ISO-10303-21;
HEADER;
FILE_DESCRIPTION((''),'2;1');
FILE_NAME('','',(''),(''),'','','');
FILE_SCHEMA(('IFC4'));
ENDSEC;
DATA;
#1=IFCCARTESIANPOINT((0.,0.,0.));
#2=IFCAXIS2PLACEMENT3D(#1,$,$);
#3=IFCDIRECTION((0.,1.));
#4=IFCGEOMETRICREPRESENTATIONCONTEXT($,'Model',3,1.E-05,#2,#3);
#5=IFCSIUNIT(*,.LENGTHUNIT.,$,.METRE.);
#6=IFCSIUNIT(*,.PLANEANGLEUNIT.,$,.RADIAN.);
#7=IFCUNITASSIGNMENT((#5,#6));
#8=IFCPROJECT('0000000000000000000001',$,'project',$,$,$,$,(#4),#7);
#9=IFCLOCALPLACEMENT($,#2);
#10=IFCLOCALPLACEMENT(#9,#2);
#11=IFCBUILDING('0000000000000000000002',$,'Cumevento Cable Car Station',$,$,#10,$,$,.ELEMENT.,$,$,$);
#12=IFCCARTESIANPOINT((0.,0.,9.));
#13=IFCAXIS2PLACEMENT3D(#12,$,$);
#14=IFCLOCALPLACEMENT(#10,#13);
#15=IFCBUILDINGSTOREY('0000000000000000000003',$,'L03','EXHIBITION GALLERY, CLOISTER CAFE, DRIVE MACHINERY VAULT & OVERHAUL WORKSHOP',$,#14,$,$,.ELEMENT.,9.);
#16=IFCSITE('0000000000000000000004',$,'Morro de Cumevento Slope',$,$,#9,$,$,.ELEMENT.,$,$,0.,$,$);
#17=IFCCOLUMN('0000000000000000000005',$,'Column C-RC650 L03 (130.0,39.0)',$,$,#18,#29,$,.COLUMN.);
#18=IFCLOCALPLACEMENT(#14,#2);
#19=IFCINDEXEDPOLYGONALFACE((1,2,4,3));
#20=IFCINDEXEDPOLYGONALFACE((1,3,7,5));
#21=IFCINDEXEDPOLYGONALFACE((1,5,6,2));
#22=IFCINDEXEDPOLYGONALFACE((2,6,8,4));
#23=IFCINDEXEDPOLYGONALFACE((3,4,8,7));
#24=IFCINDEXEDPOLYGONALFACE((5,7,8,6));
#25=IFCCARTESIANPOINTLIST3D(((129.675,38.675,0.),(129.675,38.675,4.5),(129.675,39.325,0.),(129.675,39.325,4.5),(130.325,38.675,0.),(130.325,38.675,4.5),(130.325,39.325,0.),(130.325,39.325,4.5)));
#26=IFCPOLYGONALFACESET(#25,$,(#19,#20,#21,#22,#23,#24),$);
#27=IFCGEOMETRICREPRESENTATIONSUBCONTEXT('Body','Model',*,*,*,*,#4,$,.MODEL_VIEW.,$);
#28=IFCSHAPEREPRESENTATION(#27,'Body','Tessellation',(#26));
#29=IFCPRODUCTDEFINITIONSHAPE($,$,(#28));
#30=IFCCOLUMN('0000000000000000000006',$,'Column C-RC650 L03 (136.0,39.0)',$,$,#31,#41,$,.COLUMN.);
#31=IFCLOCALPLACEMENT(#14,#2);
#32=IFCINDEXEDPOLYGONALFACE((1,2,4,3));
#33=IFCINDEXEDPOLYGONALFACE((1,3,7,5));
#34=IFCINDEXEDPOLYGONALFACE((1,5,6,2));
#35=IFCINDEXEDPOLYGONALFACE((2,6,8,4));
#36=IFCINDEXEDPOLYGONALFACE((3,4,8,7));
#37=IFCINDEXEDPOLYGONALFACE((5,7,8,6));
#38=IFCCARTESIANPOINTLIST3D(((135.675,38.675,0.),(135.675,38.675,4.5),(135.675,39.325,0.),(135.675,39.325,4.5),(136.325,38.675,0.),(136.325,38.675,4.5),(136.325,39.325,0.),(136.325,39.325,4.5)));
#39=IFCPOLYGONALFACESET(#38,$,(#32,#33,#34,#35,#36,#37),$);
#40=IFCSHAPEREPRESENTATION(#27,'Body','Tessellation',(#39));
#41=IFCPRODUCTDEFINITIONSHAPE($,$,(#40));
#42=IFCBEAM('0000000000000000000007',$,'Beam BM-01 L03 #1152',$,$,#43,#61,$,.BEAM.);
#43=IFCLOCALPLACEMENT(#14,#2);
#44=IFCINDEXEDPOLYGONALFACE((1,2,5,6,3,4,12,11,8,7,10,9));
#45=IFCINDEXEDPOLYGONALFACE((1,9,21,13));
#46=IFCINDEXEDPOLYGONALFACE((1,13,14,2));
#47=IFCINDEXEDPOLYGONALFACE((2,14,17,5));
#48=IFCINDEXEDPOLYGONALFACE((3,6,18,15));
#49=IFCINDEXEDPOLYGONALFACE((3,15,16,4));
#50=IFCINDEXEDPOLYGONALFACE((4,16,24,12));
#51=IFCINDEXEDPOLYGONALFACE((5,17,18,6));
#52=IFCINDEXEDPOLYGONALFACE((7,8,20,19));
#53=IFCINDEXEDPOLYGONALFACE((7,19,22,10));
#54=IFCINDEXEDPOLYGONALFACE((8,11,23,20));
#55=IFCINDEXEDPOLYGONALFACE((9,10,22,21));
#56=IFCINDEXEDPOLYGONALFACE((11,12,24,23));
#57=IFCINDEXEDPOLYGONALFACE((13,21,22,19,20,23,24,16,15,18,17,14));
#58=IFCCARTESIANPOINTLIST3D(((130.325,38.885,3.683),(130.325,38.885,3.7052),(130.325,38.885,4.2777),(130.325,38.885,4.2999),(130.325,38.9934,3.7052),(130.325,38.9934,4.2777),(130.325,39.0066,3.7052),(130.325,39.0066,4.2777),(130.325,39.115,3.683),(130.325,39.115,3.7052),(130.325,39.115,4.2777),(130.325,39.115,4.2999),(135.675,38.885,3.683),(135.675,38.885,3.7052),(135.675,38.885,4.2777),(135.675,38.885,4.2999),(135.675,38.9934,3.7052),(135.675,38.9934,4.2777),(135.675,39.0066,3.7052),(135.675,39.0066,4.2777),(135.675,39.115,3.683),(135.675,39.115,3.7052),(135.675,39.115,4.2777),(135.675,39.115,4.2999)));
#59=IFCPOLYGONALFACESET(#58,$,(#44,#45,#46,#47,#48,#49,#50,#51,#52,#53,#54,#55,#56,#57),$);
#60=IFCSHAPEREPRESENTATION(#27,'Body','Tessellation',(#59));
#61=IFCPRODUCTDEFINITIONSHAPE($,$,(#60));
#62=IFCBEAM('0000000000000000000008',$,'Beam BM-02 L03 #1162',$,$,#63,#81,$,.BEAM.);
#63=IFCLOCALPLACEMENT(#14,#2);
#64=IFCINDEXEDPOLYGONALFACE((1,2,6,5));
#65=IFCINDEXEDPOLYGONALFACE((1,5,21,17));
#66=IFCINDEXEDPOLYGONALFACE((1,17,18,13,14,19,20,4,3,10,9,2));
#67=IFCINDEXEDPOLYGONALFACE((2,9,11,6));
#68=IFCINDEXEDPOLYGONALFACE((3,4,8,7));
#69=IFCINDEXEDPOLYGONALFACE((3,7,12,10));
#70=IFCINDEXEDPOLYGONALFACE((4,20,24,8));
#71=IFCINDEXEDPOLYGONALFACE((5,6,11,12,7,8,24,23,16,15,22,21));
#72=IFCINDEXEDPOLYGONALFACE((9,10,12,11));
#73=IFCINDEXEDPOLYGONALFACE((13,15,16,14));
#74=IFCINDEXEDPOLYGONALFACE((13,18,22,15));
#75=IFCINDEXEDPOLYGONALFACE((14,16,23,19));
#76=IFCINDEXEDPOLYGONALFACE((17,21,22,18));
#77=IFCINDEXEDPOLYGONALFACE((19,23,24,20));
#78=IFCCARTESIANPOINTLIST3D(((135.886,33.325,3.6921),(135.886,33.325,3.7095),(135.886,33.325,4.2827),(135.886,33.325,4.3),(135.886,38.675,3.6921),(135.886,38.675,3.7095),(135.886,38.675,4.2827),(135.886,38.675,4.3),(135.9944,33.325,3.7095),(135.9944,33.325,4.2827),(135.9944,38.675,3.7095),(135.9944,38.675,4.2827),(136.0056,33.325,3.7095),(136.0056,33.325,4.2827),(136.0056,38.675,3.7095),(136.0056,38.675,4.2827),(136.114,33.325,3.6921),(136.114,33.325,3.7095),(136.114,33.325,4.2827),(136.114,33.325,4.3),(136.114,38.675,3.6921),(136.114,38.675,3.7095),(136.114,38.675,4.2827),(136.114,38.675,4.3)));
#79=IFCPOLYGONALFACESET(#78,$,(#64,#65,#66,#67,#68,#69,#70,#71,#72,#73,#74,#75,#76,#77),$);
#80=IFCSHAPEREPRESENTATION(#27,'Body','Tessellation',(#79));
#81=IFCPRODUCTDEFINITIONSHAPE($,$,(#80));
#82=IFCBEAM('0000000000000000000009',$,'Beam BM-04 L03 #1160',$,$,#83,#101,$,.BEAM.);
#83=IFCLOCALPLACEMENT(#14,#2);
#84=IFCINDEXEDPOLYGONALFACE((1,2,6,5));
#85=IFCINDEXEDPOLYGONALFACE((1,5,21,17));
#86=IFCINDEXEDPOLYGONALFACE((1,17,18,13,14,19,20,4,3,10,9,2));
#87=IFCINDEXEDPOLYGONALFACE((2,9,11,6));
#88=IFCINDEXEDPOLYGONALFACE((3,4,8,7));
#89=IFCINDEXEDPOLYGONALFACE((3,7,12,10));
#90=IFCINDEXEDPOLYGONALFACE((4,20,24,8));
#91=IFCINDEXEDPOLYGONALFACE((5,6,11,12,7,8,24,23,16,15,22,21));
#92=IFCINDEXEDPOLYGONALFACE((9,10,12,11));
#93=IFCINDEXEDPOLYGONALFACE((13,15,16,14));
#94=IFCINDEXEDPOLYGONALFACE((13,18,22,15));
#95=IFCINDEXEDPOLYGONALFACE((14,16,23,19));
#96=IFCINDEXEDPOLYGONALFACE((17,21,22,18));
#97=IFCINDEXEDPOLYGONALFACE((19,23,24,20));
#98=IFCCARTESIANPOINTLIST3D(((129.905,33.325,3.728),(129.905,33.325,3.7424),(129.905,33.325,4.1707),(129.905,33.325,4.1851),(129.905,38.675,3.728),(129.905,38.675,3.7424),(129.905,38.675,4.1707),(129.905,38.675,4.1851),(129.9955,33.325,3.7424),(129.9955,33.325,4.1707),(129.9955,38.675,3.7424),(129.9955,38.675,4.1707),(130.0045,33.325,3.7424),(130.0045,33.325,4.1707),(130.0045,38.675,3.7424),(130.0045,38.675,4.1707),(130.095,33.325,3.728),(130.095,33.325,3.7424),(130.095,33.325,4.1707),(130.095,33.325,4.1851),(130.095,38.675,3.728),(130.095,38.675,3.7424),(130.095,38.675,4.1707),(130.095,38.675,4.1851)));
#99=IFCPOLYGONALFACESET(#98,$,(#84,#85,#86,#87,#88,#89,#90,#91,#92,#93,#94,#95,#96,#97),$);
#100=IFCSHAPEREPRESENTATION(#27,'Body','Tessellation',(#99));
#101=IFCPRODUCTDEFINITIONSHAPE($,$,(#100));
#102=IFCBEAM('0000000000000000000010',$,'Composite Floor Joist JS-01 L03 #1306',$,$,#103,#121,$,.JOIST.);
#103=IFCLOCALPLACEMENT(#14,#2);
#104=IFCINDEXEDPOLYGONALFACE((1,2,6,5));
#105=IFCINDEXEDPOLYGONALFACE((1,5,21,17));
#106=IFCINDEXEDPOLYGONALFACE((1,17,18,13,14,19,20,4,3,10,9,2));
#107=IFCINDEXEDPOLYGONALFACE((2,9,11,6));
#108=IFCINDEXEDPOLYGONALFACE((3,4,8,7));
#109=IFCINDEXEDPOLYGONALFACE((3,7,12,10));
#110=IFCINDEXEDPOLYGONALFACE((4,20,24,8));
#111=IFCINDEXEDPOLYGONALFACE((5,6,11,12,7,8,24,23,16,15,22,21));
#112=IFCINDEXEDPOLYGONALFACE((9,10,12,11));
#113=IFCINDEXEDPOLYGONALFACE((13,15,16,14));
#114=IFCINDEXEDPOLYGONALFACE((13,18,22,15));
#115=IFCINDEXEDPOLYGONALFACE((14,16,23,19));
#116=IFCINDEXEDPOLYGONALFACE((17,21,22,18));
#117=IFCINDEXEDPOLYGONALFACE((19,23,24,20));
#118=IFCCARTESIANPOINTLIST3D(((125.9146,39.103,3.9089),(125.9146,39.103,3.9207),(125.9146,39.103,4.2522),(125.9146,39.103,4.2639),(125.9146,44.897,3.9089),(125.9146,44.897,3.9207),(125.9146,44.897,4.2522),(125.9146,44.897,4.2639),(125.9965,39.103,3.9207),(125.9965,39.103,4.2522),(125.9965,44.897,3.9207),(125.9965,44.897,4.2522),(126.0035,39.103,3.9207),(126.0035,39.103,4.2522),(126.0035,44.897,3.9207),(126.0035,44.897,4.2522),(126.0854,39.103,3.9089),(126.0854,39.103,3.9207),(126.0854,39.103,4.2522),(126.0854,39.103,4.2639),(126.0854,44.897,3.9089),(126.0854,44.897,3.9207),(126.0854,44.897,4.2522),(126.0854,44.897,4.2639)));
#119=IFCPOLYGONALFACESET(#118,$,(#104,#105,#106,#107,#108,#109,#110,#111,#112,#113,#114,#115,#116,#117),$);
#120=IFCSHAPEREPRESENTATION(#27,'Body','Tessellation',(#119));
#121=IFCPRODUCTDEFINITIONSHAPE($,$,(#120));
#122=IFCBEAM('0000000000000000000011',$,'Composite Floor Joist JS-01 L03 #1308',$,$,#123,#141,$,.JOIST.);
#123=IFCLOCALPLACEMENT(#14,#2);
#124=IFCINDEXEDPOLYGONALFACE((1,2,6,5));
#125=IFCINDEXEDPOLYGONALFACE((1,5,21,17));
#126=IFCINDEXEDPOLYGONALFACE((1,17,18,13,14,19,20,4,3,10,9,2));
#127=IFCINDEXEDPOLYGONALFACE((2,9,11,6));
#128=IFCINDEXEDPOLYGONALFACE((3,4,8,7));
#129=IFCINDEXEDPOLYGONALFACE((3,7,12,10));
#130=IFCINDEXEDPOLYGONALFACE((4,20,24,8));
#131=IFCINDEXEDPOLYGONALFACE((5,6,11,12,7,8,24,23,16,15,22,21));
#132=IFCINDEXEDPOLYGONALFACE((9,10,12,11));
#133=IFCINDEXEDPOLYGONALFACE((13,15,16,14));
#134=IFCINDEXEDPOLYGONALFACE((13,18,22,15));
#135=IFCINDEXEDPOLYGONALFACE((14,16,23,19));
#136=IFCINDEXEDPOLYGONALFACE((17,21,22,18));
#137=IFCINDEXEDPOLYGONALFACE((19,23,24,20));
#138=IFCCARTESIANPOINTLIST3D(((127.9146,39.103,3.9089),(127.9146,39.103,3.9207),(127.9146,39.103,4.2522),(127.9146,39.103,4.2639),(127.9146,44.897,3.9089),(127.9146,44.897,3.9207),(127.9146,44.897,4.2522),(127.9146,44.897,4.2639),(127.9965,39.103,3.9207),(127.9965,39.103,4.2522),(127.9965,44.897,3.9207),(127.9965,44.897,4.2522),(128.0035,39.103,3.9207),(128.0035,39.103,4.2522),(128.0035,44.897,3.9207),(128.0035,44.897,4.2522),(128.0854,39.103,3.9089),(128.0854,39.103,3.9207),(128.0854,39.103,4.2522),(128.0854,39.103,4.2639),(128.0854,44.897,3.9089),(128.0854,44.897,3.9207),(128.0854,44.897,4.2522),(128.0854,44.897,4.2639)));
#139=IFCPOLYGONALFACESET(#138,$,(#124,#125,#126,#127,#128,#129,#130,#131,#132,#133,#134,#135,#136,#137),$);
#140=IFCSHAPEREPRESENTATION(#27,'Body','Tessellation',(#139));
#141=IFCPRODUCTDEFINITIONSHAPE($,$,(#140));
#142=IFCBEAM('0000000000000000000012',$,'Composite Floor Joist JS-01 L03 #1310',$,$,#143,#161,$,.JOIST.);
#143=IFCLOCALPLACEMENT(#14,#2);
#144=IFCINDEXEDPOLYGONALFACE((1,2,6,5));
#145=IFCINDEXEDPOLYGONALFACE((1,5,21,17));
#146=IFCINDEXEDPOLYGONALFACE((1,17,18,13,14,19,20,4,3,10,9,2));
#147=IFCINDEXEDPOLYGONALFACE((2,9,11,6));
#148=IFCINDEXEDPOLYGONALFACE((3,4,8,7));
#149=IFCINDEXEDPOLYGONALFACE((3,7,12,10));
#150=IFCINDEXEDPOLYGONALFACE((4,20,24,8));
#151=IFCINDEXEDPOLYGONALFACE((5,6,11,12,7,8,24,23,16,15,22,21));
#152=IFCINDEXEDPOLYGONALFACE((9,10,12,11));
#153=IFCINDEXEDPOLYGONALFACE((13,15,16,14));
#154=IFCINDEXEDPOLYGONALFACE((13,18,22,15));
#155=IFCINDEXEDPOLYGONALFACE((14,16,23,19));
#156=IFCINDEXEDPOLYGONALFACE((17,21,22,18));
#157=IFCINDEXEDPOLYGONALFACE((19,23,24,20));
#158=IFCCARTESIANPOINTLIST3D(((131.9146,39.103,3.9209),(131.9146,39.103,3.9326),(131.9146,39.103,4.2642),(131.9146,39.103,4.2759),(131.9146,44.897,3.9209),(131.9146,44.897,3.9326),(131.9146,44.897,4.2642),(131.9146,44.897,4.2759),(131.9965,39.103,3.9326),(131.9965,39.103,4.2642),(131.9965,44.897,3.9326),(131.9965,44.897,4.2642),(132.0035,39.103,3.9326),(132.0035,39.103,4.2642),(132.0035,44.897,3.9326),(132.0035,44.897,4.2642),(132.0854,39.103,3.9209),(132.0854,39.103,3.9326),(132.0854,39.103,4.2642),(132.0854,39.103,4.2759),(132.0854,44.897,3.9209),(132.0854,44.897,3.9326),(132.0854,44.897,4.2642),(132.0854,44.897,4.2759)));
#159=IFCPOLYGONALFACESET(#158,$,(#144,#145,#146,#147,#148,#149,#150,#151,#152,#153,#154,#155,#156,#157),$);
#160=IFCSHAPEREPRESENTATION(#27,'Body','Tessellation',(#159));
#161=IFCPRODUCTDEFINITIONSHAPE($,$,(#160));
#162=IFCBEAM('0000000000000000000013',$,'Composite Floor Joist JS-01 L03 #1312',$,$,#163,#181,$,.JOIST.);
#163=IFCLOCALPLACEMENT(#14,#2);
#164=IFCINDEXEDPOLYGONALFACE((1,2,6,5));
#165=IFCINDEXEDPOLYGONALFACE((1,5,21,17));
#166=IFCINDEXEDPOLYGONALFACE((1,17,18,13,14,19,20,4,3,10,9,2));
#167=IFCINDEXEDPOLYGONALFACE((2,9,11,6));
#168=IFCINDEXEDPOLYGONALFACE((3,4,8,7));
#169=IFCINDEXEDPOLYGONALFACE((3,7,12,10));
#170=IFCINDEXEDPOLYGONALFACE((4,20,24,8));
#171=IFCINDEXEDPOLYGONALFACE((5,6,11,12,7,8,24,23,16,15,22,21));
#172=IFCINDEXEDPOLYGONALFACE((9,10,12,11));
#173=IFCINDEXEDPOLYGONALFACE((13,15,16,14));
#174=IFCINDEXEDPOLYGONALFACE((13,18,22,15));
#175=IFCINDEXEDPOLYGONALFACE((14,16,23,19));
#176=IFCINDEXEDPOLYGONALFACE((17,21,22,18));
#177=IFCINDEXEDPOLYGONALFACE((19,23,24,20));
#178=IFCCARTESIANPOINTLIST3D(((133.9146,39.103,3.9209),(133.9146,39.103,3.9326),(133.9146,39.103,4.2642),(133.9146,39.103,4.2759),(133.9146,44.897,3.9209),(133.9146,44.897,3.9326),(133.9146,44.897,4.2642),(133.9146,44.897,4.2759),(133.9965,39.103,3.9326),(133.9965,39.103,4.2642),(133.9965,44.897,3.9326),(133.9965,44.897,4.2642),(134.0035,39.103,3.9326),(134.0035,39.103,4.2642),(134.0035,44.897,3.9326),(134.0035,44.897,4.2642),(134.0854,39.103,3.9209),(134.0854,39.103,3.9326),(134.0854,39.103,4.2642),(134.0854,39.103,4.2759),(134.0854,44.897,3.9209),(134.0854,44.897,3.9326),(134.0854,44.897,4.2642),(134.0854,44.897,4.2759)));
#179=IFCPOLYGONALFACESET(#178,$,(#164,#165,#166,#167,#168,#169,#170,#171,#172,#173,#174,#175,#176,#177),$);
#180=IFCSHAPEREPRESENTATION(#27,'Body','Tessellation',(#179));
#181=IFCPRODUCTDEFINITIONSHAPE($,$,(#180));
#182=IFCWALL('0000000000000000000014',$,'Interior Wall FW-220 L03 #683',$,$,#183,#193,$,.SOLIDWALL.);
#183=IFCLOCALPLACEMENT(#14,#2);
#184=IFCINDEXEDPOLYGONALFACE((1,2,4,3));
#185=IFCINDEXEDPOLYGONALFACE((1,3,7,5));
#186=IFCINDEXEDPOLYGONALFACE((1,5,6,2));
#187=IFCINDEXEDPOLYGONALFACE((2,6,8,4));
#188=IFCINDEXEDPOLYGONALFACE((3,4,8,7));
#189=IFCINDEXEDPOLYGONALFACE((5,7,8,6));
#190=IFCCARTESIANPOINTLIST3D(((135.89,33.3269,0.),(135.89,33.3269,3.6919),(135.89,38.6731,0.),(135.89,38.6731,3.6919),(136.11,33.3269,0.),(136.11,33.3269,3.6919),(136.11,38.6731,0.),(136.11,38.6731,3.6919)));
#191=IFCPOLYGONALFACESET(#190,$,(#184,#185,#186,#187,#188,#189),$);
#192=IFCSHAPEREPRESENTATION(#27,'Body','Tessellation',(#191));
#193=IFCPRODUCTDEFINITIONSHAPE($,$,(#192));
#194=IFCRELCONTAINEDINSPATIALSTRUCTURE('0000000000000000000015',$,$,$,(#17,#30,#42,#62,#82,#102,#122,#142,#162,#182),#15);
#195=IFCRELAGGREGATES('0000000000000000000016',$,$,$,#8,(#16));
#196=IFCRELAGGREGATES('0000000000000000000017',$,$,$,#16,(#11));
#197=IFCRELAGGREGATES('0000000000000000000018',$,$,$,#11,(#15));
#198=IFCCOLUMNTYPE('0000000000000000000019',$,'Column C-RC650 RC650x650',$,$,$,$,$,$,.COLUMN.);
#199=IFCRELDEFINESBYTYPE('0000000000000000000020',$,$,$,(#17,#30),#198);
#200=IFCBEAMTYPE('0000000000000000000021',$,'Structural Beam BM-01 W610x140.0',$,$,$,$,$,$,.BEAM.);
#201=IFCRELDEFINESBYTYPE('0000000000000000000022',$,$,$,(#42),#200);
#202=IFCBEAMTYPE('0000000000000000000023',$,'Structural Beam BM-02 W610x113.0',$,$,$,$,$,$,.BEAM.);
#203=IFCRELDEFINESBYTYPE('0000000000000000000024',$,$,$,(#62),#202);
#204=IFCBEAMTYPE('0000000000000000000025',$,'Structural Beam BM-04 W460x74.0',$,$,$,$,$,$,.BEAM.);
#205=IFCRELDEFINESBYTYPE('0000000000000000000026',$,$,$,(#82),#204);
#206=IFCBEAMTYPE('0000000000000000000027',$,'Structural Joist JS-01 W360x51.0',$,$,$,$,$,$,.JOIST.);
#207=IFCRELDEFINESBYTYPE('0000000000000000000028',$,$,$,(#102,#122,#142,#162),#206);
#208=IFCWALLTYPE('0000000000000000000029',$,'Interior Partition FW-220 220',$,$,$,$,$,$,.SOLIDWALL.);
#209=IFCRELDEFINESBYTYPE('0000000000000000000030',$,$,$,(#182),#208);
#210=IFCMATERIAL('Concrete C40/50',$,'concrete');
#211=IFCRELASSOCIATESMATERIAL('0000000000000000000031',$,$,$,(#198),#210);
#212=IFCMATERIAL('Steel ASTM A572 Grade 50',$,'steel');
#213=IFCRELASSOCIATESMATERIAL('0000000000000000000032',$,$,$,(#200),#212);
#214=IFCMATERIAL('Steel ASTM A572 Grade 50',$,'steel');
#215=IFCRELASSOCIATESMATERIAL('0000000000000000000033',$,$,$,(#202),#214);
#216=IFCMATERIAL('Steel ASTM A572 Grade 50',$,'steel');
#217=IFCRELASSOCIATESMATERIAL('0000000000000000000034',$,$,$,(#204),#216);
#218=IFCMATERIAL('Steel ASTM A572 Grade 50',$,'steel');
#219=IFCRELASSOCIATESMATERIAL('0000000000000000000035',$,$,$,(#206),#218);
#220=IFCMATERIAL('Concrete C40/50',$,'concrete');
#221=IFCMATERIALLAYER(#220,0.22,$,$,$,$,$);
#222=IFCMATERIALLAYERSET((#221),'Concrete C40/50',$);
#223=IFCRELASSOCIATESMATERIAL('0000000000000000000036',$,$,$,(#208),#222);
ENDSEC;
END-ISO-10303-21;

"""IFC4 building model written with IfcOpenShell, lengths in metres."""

from ifc_helpers import new_model, si_unit, direction, frame, frame_2d, origin, origin_2d, place, context, subcontext, project, spatial, rectangle, i_section, extrude, material, layer, layer_set, material_profile, profile_set, type_object, element, save


model = new_model("IFC4")

# Units and contexts
model_context = context("Model", 3, precision=1e-05, world=origin(), true_north=direction((0.0, 1.0)))
body_context = subcontext(model_context, "Body", "Model", "MODEL_VIEW")
ifc_project = project(units=[si_unit("LENGTHUNIT", "METRE"), si_unit("PLANEANGLEUNIT", "RADIAN")], contexts=[model_context])

# Site, building, storey
site_placement = place(None, origin())
site = spatial("IfcSite", under=ifc_project, at=site_placement, Name="Morro de Cumevento Slope", CompositionType="ELEMENT", RefElevation=0.0)
building_placement = place(site_placement, origin())
building = spatial("IfcBuilding", under=site, at=building_placement, Name="Cumevento Cable Car Station", CompositionType="ELEMENT")
storey_placement = place(building_placement, frame((0.0, 0.0, 9.0)))
storey = spatial("IfcBuildingStorey", under=building, at=storey_placement, Name="L03", Description="EXHIBITION GALLERY, CLOISTER CAFE, DRIVE MACHINERY VAULT & OVERHAUL WORKSHOP", CompositionType="ELEMENT", Elevation=9.0)

# Columns
ifc_material_1 = material(Name="Concrete C40/50", Category="concrete")
ifc_material_profile_1 = material_profile(ifc_material_1, rectangle(XDim=0.6499, YDim=0.6499, at=origin_2d()), Name="RC650x650")
ifc_profile_set_1 = profile_set([ifc_material_profile_1], Name="Concrete C40/50")
column_type = type_object("IfcColumnType", Name="Column C-RC650 RC650x650", PredefinedType="COLUMN", material=ifc_profile_set_1)
for number, where, z_axis, x_axis, name in (
    (1, (130.0, 39.0, 0.0), (0.0, 0.0, 1.0), (1.0, 0.0, 0.0), "Column C-RC650 L03 (130.0,39.0)"),
    (2, (136.0, 39.0, 0.0), (0.0, 0.0, 1.0), (1.0, 0.0, 0.0), "Column C-RC650 L03 (136.0,39.0)"),
):
    element("IfcColumn", number, at=place(storey_placement, frame(where, z_axis=z_axis, x_axis=x_axis)), inside=storey, type_object=column_type, Name=name, PredefinedType="COLUMN", context=body_context, shape_type="SweptSolid", body=[
        extrude(rectangle(XDim=0.6499, YDim=0.6499, at=origin_2d()), origin(), (0.0, 0.0, 1.0), 4.5),
    ])

# Beams
ifc_material_2 = material(Name="Steel ASTM A572 Grade 50", Category="steel")
ifc_material_profile_2 = material_profile(ifc_material_2, i_section(OverallWidth=0.23, OverallDepth=0.6169, WebThickness=0.0132, FlangeThickness=0.0222, at=origin_2d()), Name="W610x140.0")
ifc_profile_set_2 = profile_set([ifc_material_profile_2], Name="Steel ASTM A572 Grade 50")
beam_type_1 = type_object("IfcBeamType", Name="Structural Beam BM-01 W610x140.0", PredefinedType="BEAM", material=ifc_profile_set_2)
beam_1_placement = place(storey_placement, frame((130.325, 39.0, 3.9915), z_axis=(1.0, 0.0, 0.0), x_axis=(0.0, 1.0, 0.0)))
element("IfcBeam", 3, at=beam_1_placement, inside=storey, type_object=beam_type_1, Name="Beam BM-01 L03 #1152", PredefinedType="BEAM", context=body_context, shape_type="SweptSolid", body=[
    extrude(i_section(OverallWidth=0.23, OverallDepth=0.6169, WebThickness=0.0132, FlangeThickness=0.0222, at=origin_2d()), origin(), (0.0, 0.0, 1.0), 5.3501),
])
ifc_material_3 = material(Name="Steel ASTM A572 Grade 50", Category="steel")
ifc_material_profile_3 = material_profile(ifc_material_3, i_section(OverallWidth=0.228, OverallDepth=0.6079, WebThickness=0.0112, FlangeThickness=0.0173, at=origin_2d()), Name="W610x113.0")
ifc_profile_set_3 = profile_set([ifc_material_profile_3], Name="Steel ASTM A572 Grade 50")
beam_type_2 = type_object("IfcBeamType", Name="Structural Beam BM-02 W610x113.0", PredefinedType="BEAM", material=ifc_profile_set_3)
beam_2_placement = place(storey_placement, frame((136.0, 33.325, 3.9961), z_axis=(0.0, 1.0, 0.0), x_axis=(-1.0, 0.0, 0.0)))
element("IfcBeam", 4, at=beam_2_placement, inside=storey, type_object=beam_type_2, Name="Beam BM-02 L03 #1162", PredefinedType="BEAM", context=body_context, shape_type="SweptSolid", body=[
    extrude(i_section(OverallWidth=0.228, OverallDepth=0.6079, WebThickness=0.0112, FlangeThickness=0.0173, at=origin_2d()), origin(), (0.0, 0.0, 1.0), 5.3501),
])
ifc_material_4 = material(Name="Steel ASTM A572 Grade 50", Category="steel")
ifc_material_profile_4 = material_profile(ifc_material_4, i_section(OverallWidth=0.1899, OverallDepth=0.457, WebThickness=0.009, FlangeThickness=0.0144, at=origin_2d()), Name="W460x74.0")
ifc_profile_set_4 = profile_set([ifc_material_profile_4], Name="Steel ASTM A572 Grade 50")
beam_type_3 = type_object("IfcBeamType", Name="Structural Beam BM-04 W460x74.0", PredefinedType="BEAM", material=ifc_profile_set_4)
beam_3_placement = place(storey_placement, frame((130.0, 33.325, 3.9565), z_axis=(0.0, 1.0, 0.0), x_axis=(-1.0, 0.0, 0.0)))
element("IfcBeam", 5, at=beam_3_placement, inside=storey, type_object=beam_type_3, Name="Beam BM-04 L03 #1160", PredefinedType="BEAM", context=body_context, shape_type="SweptSolid", body=[
    extrude(i_section(OverallWidth=0.1899, OverallDepth=0.457, WebThickness=0.009, FlangeThickness=0.0144, at=origin_2d()), origin(), (0.0, 0.0, 1.0), 5.3501),
])
ifc_material_5 = material(Name="Steel ASTM A572 Grade 50", Category="steel")
ifc_material_profile_5 = material_profile(ifc_material_5, i_section(OverallWidth=0.1709, OverallDepth=0.355, WebThickness=0.0071, FlangeThickness=0.0117, at=origin_2d()), Name="W360x51.0")
ifc_profile_set_5 = profile_set([ifc_material_profile_5], Name="Steel ASTM A572 Grade 50")
beam_type_4 = type_object("IfcBeamType", Name="Structural Joist JS-01 W360x51.0", PredefinedType="JOIST", material=ifc_profile_set_5)
for number, where, z_axis, x_axis, name in (
    (6, (126.0, 39.103, 4.0864), (0.0, 1.0, 0.0), (-1.0, 0.0, 0.0), "Composite Floor Joist JS-01 L03 #1306"),
    (7, (128.0, 39.103, 4.0864), (0.0, 1.0, 0.0), (-1.0, 0.0, 0.0), "Composite Floor Joist JS-01 L03 #1308"),
    (8, (132.0, 39.103, 4.0984), (0.0, 1.0, 0.0), (-1.0, 0.0, 0.0), "Composite Floor Joist JS-01 L03 #1310"),
    (9, (134.0, 39.103, 4.0984), (0.0, 1.0, 0.0), (-1.0, 0.0, 0.0), "Composite Floor Joist JS-01 L03 #1312"),
):
    element("IfcBeam", number, at=place(storey_placement, frame(where, z_axis=z_axis, x_axis=x_axis)), inside=storey, type_object=beam_type_4, Name=name, PredefinedType="JOIST", context=body_context, shape_type="SweptSolid", body=[
        extrude(i_section(OverallWidth=0.1709, OverallDepth=0.355, WebThickness=0.0071, FlangeThickness=0.0117, at=origin_2d()), origin(), (0.0, 0.0, 1.0), 5.7939),
    ])

# Wall
ifc_material_6 = material(Name="Concrete C40/50", Category="concrete")
ifc_layer_1 = layer(ifc_material_6, 0.22)
ifc_layer_set_1 = layer_set([ifc_layer_1], Name="Concrete C40/50")
wall_type_1 = type_object("IfcWallType", Name="Interior Partition FW-220 220", PredefinedType="SOLIDWALL", material=ifc_layer_set_1)
wall_placement = place(storey_placement, frame((136.0, 33.3269, 0.0), z_axis=(0.0, 0.0, 1.0), x_axis=(0.0, 1.0, 0.0)))
element("IfcWall", 10, at=wall_placement, inside=storey, type_object=wall_type_1, Name="Interior Wall FW-220 L03 #683", PredefinedType="SOLIDWALL", context=body_context, shape_type="SweptSolid", body=[
    extrude(rectangle(XDim=5.3462, YDim=0.22, at=frame_2d((2.6731, 0.0))), origin(), (0.0, 0.0, 1.0), 3.6919),
])

save(model, "model.ifc")
